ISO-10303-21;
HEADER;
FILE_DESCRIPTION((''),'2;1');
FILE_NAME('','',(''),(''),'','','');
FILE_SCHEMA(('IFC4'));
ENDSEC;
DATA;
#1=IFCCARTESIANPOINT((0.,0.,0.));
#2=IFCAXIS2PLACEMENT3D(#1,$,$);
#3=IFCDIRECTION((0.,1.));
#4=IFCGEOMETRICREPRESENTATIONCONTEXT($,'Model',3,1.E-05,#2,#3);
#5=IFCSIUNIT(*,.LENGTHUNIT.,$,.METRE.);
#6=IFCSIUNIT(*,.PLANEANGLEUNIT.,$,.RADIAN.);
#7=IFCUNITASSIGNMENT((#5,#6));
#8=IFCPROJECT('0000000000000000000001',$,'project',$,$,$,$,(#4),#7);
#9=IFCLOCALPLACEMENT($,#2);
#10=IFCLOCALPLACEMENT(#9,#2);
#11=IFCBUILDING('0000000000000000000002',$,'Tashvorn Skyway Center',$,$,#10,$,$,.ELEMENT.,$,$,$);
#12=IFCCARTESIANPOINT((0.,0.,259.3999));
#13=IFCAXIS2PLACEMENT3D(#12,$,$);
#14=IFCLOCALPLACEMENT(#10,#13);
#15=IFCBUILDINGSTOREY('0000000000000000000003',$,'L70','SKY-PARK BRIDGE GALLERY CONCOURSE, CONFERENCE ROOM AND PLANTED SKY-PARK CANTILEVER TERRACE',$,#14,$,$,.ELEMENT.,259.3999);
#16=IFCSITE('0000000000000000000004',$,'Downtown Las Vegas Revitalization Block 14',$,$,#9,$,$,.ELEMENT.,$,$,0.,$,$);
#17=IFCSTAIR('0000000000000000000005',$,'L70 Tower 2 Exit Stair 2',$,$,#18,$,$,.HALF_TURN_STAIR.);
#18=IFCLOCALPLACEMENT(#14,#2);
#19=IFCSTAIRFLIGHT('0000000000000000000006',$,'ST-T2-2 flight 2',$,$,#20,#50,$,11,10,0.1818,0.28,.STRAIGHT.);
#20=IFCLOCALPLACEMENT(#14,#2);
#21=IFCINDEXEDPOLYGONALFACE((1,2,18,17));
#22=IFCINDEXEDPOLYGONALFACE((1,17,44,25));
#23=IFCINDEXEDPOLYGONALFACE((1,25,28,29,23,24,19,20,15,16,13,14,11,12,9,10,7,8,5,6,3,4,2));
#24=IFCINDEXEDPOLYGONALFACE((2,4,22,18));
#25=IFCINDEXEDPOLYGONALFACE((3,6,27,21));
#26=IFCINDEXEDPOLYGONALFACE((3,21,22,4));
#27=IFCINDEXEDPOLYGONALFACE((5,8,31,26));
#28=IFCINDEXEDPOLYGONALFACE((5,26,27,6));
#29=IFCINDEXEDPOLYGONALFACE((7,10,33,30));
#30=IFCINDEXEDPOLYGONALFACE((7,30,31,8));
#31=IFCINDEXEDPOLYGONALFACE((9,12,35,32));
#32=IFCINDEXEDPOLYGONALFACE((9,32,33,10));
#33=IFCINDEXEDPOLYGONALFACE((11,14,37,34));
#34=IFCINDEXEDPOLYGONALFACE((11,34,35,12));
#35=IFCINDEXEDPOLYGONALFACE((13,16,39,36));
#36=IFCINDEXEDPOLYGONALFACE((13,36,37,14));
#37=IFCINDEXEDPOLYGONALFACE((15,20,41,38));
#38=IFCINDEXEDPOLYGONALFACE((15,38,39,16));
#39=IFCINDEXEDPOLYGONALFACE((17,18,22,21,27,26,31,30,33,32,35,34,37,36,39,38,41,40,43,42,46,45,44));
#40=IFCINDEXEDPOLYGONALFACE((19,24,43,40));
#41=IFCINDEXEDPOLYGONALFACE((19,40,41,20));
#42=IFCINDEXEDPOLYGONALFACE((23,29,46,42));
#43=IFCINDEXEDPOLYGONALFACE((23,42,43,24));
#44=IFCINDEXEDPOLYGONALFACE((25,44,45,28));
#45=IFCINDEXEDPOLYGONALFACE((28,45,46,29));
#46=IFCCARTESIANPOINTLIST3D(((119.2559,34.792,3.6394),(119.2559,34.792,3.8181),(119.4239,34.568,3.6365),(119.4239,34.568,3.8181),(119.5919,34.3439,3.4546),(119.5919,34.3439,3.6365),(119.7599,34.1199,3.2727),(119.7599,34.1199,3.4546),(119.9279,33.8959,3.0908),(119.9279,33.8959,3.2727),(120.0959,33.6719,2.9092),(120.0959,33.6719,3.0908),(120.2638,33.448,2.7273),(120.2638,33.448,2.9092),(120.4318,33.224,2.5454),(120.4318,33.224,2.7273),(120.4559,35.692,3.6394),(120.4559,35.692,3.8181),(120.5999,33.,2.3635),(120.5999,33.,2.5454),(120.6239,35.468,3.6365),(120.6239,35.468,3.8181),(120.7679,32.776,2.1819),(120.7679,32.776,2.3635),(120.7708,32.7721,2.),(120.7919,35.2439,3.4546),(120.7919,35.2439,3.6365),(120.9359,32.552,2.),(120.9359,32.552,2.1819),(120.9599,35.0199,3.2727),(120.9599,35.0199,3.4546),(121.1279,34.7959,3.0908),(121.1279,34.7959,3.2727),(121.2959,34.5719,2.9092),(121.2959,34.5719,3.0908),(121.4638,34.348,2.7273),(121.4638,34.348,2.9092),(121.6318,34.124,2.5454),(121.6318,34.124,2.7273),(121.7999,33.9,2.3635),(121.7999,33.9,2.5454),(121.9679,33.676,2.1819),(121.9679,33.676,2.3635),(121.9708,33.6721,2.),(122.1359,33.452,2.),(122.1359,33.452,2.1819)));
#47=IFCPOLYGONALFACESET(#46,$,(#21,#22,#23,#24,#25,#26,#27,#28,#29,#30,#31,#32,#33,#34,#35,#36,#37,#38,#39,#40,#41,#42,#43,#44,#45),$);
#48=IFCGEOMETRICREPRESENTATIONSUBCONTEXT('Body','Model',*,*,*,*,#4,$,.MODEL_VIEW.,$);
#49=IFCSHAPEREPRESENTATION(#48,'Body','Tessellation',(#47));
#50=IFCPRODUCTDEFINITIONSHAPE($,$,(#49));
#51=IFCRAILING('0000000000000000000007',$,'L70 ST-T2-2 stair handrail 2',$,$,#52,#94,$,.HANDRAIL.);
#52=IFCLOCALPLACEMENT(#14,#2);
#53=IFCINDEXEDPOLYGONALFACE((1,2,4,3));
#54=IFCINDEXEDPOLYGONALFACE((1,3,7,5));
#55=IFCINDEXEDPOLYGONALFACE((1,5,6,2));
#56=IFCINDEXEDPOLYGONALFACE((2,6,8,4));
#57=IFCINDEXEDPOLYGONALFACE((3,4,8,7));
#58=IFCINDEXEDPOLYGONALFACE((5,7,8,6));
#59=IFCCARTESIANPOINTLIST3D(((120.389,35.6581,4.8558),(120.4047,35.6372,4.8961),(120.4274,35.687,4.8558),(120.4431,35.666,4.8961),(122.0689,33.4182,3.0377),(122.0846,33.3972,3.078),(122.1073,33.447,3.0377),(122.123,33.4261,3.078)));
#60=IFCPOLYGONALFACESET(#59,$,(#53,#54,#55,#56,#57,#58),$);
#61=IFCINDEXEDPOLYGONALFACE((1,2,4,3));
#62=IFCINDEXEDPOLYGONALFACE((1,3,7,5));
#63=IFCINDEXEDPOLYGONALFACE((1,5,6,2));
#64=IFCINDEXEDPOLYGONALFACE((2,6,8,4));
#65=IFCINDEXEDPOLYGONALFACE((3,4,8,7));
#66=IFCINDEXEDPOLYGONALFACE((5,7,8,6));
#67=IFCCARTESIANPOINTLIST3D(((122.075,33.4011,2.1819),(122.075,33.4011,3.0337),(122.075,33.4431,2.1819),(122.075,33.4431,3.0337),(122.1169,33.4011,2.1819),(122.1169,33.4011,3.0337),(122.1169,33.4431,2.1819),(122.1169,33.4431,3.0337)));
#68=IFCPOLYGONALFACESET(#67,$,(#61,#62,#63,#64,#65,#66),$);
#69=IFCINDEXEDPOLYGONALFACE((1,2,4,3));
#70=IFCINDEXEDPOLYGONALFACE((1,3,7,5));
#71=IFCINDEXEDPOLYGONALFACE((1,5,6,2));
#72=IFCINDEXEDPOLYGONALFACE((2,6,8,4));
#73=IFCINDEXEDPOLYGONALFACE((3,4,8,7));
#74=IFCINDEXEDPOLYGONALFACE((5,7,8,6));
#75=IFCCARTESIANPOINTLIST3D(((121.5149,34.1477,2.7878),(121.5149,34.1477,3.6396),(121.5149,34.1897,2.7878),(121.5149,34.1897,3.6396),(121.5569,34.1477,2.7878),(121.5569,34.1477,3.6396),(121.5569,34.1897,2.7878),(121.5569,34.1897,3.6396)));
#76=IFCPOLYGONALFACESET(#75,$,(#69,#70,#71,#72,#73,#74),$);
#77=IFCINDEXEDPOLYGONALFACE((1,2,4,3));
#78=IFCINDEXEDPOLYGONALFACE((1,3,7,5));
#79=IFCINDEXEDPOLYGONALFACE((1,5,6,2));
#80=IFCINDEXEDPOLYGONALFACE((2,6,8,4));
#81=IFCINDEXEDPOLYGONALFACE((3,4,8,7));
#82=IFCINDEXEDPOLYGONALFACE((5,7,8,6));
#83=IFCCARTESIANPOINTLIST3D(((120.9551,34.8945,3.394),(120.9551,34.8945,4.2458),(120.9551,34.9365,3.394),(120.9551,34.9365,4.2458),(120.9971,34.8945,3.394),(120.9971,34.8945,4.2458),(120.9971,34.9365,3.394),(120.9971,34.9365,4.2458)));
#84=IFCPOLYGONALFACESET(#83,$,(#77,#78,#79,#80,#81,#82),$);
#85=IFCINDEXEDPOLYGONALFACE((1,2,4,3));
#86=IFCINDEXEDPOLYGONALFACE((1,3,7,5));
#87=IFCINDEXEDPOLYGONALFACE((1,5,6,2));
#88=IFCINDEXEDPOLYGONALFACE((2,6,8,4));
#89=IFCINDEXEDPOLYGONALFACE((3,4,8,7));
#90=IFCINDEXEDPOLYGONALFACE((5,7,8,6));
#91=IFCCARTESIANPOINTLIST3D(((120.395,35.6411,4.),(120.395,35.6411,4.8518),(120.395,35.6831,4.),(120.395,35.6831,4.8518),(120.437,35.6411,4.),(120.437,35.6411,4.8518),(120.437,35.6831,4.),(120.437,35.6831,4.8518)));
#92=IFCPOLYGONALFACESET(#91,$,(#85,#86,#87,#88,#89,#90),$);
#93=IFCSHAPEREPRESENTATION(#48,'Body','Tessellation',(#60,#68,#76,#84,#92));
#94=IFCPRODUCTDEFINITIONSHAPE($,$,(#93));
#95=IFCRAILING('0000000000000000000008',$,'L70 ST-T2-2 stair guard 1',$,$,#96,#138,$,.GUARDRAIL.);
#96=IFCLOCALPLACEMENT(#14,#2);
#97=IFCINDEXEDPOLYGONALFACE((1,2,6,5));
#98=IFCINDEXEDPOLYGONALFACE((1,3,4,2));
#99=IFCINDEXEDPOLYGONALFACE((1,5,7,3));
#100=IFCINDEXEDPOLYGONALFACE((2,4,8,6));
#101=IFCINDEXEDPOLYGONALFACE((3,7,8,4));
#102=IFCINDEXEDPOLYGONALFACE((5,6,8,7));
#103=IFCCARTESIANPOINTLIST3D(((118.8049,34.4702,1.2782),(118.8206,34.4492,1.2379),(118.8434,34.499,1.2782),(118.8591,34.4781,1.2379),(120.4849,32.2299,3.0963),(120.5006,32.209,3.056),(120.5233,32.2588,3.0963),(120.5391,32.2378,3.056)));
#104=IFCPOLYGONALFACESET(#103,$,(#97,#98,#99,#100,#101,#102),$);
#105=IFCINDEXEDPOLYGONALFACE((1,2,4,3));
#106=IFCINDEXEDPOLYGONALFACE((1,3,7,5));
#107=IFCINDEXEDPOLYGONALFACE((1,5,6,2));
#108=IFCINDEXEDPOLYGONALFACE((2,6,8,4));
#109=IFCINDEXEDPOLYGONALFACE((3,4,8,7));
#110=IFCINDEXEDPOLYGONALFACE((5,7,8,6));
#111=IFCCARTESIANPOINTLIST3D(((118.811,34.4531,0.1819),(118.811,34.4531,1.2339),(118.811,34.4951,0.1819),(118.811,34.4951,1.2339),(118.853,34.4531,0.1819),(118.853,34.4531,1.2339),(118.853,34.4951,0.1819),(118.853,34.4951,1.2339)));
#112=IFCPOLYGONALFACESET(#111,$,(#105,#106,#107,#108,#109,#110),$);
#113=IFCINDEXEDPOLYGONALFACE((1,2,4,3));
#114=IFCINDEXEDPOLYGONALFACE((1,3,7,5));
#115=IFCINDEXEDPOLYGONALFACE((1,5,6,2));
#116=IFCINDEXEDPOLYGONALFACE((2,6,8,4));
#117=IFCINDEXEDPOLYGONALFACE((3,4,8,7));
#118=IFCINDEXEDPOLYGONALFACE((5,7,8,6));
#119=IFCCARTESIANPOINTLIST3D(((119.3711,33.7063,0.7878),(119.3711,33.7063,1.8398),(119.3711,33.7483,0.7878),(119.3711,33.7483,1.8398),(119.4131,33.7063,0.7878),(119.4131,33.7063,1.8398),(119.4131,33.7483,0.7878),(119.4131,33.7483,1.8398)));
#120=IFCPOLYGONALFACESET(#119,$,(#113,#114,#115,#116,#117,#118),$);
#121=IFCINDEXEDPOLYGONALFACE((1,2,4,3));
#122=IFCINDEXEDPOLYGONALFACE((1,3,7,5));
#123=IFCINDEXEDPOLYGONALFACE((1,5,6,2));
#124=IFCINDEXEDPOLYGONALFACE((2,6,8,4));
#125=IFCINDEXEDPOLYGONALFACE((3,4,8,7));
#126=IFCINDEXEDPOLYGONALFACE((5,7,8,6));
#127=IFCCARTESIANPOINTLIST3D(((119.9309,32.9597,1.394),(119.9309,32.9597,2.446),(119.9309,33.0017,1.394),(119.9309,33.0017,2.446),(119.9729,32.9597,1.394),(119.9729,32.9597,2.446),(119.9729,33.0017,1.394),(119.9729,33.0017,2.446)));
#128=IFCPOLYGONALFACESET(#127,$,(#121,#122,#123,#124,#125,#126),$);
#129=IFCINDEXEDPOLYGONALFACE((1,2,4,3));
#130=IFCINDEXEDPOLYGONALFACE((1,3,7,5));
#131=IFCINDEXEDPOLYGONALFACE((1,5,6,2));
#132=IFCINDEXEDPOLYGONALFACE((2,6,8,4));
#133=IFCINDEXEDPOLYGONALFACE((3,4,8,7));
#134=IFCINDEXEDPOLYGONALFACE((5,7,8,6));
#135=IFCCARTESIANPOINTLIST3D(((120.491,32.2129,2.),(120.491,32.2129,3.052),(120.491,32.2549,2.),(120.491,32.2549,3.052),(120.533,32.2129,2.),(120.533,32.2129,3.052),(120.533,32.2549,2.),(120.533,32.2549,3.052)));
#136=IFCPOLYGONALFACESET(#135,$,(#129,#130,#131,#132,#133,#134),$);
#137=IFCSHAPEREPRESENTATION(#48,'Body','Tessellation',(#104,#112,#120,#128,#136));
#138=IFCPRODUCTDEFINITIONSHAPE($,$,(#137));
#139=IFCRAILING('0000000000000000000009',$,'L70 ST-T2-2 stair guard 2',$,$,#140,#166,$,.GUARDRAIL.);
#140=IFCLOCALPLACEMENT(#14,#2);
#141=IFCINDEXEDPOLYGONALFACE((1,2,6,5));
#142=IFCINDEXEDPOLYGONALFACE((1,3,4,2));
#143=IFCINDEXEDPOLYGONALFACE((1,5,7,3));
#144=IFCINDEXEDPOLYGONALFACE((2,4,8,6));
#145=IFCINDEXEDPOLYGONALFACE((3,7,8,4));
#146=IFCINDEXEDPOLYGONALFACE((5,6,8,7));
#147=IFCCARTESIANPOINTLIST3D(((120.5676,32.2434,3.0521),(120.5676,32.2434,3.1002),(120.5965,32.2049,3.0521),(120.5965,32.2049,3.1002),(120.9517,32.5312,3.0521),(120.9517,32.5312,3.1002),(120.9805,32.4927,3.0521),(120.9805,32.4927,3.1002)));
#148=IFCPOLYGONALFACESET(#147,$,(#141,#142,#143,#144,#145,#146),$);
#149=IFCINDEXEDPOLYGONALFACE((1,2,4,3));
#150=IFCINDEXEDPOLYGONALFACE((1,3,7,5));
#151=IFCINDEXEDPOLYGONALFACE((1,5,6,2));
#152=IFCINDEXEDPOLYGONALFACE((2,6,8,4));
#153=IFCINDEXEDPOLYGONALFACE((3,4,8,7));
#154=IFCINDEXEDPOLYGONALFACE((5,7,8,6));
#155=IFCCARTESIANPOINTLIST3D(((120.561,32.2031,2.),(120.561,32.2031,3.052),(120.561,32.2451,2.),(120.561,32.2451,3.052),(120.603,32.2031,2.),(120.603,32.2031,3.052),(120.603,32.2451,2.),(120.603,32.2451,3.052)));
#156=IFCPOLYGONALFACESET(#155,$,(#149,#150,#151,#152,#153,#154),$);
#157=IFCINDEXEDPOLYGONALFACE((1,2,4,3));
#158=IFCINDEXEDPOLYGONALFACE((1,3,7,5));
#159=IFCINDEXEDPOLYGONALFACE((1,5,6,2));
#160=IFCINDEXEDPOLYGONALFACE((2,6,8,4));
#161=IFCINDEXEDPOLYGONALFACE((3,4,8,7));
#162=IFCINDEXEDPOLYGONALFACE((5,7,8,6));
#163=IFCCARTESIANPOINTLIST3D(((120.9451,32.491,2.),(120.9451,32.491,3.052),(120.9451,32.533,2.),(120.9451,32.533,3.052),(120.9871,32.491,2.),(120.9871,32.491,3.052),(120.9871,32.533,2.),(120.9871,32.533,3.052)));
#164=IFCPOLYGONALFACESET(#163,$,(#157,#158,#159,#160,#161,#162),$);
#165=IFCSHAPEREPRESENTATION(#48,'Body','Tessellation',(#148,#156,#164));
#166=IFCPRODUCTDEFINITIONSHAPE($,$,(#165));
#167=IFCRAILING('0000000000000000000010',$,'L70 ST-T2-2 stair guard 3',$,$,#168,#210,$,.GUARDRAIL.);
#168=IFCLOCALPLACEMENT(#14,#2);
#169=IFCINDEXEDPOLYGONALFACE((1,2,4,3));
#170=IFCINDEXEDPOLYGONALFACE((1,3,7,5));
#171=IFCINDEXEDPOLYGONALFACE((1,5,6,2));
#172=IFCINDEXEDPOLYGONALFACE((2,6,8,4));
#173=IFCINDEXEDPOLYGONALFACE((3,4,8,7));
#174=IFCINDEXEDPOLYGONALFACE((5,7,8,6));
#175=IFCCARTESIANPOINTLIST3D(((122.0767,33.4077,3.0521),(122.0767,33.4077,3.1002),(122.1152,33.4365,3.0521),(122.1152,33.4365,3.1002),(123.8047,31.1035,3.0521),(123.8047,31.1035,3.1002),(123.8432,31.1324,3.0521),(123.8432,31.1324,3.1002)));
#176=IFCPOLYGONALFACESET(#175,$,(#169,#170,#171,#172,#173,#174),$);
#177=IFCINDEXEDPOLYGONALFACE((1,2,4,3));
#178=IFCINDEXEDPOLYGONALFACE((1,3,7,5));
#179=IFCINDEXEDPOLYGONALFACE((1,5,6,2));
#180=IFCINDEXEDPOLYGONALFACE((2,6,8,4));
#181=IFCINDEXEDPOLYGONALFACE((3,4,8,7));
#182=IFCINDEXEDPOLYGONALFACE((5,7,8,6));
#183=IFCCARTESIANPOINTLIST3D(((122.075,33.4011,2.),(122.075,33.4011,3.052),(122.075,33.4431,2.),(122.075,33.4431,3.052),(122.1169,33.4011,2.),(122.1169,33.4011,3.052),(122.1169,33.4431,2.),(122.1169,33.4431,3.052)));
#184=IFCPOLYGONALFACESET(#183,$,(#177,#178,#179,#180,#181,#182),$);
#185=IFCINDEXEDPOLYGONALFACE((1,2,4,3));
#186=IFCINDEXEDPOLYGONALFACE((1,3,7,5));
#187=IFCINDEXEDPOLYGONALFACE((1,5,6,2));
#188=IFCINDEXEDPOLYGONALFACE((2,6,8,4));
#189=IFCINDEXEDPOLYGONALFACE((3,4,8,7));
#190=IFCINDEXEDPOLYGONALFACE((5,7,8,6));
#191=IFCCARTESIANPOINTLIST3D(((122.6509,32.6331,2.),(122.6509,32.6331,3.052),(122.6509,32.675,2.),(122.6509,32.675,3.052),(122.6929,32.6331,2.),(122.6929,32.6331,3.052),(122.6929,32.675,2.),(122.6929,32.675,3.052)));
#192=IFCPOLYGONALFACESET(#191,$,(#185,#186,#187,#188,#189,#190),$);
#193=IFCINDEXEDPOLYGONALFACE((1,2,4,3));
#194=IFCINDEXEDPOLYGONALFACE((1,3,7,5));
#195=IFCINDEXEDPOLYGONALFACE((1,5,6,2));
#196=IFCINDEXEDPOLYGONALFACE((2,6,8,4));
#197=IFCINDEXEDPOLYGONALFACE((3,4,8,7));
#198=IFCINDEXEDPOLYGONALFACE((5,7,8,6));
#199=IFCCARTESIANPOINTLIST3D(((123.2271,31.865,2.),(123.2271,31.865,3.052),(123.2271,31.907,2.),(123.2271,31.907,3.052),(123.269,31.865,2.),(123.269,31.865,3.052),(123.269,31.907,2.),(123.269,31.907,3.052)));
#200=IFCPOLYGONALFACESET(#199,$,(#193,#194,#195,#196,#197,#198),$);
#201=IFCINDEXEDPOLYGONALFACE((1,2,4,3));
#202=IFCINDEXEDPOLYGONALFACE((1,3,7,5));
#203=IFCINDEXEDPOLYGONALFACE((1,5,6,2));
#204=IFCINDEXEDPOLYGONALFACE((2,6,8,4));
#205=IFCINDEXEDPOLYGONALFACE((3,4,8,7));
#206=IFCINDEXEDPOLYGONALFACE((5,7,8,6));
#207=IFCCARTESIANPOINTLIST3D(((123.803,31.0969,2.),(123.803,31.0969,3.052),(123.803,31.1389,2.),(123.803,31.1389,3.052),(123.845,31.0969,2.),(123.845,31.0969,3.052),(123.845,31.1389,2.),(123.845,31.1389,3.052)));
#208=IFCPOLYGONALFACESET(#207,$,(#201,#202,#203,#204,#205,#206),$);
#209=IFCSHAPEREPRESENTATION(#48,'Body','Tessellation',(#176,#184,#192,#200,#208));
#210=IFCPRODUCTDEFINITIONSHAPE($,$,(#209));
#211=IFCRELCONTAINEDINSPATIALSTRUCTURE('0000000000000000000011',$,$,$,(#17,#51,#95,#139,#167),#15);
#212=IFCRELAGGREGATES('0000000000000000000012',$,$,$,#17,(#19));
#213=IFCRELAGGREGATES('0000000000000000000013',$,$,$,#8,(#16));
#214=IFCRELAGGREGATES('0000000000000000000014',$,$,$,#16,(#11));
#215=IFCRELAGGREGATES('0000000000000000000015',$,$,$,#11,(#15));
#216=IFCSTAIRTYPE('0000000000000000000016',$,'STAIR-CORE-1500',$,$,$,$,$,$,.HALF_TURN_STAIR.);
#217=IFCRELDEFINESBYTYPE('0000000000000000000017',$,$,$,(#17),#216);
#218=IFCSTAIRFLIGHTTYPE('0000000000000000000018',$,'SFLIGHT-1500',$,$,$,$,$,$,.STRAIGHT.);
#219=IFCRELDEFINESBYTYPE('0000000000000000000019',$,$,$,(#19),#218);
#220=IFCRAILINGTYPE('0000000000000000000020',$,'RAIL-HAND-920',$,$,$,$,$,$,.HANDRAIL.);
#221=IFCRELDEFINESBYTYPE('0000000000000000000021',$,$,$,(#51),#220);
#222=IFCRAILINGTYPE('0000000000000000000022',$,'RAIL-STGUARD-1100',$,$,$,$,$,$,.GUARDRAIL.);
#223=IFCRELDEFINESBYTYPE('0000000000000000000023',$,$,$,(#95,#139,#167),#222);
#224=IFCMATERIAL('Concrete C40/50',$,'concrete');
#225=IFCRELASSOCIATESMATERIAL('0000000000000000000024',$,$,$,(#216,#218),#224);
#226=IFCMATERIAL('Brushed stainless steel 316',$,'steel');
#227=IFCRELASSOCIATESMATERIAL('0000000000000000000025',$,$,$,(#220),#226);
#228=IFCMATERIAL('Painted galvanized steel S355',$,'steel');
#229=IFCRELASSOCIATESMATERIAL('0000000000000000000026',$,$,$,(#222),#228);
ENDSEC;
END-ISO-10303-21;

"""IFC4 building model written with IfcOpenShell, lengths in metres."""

from ifc_helpers import new_model, si_unit, direction, frame, origin, origin_2d, place, context, subcontext, project, spatial, polyline, rectangle, outline, extrude, material, type_object, element, aggregate, save


model = new_model("IFC4")

# Units and contexts
model_context = context("Model", 3, precision=1e-05, world=origin(), true_north=direction((0.0, 1.0)))
body_context = subcontext(model_context, "Body", "Model", "MODEL_VIEW")
ifc_project = project(units=[si_unit("LENGTHUNIT", "METRE"), si_unit("PLANEANGLEUNIT", "RADIAN")], contexts=[model_context])

# Site, building, storey
site_placement = place(None, origin())
site = spatial("IfcSite", under=ifc_project, at=site_placement, Name="Downtown Las Vegas Revitalization Block 14", CompositionType="ELEMENT", RefElevation=0.0)
building_placement = place(site_placement, origin())
building = spatial("IfcBuilding", under=site, at=building_placement, Name="Tashvorn Skyway Center", CompositionType="ELEMENT")
storey_placement = place(building_placement, frame((0.0, 0.0, 259.3999)))
storey = spatial("IfcBuildingStorey", under=building, at=storey_placement, Name="L70", Description="SKY-PARK BRIDGE GALLERY CONCOURSE, CONFERENCE ROOM AND PLANTED SKY-PARK CANTILEVER TERRACE", CompositionType="ELEMENT", Elevation=259.3999)

# Shared definitions
ifc_material_1 = material(Name="Concrete C40/50", Category="concrete")

# Stair, stair flight
stair_type = type_object("IfcStairType", Name="STAIR-CORE-1500", PredefinedType="HALF_TURN_STAIR", material=ifc_material_1)
stair_placement = place(storey_placement, origin())
stair = element("IfcStair", 1, at=stair_placement, inside=storey, type_object=stair_type, Name="L70 Tower 2 Exit Stair 2", PredefinedType="HALF_TURN_STAIR")
stair_flight_type = type_object("IfcStairFlightType", Name="SFLIGHT-1500", PredefinedType="STRAIGHT", material=ifc_material_1)
stair_flight_1_placement = place(storey_placement, frame((121.5359, 33.002, 2.0), z_axis=(0.0, 0.0, 1.0), x_axis=(-0.6, 0.8, 0.0)))
stair_flight_1 = element("IfcStairFlight", 2, at=stair_flight_1_placement, type_object=stair_flight_type, Name="ST-T2-2 flight 2", NumberOfRisers=11, NumberOfTreads=10, PredefinedType="STRAIGHT", RiserHeight=0.1818, TreadLength=0.28, context=body_context, shape_type="SweptSolid", body=[
    extrude(outline(polyline([(0.0, 0.0), (0.0, 0.1819), (0.28, 0.1819), (0.28, 0.3635), (0.5601, 0.3635), (0.5601, 0.5454), (0.8401, 0.5454), (0.8401, 0.7273), (1.1201, 0.7273), (1.1201, 0.9092), (1.3999, 0.9092), (1.3999, 1.0908), (1.6799, 1.0908), (1.6799, 1.2727), (1.96, 1.2727), (1.96, 1.4546), (2.24, 1.4546), (2.24, 1.6365), (2.52, 1.6365), (2.52, 1.8181), (2.8, 1.8181), (2.8, 2.0), (2.8, 1.6394), (0.2751, 0.0), (0.0, 0.0)])), frame((0.0, 0.75, 0.0), z_axis=(0.0, -1.0, 0.0), x_axis=(1.0, 0.0, 0.0)), (0.0, 0.0, 1.0), 1.5),
])
aggregate(stair, [stair_flight_1])

# Railings
ifc_material_2 = material(Name="Brushed stainless steel 316", Category="steel")
railing_type_1 = type_object("IfcRailingType", Name="RAIL-HAND-920", PredefinedType="HANDRAIL", material=ifc_material_2)
railing_1_placement = place(storey_placement, frame((122.0959, 33.4221, 2.1819)))
element("IfcRailing", 3, at=railing_1_placement, inside=storey, type_object=railing_type_1, Name="L70 ST-T2-2 stair handrail 2", PredefinedType="HANDRAIL", context=body_context, shape_type="SweptSolid", body=[
    extrude(rectangle(XDim=0.0481, YDim=0.0481, at=origin_2d()), frame((0.0, 0.0, 0.876), z_axis=(-0.503207, 0.670966, 0.544598), x_axis=(-0.80001, -0.599986, 0.0)), (0.0, 0.0, 1.0), 3.3384),
    extrude(rectangle(XDim=0.042, YDim=0.042, at=origin_2d()), origin(), (0.0, 0.0, 1.0), 0.8518),
    extrude(rectangle(XDim=0.042, YDim=0.042, at=origin_2d()), frame((-0.5601, 0.7466, 0.606)), (0.0, 0.0, 1.0), 0.8518),
    extrude(rectangle(XDim=0.042, YDim=0.042, at=origin_2d()), frame((-1.1199, 1.4934, 1.2122)), (0.0, 0.0, 1.0), 0.8518),
    extrude(rectangle(XDim=0.042, YDim=0.042, at=origin_2d()), frame((-1.6799, 2.24, 1.8181)), (0.0, 0.0, 1.0), 0.8518),
])
ifc_material_3 = material(Name="Painted galvanized steel S355", Category="steel")
railing_type_2 = type_object("IfcRailingType", Name="RAIL-STGUARD-1100", PredefinedType="GUARDRAIL", material=ifc_material_3)
railing_2_placement = place(storey_placement, frame((118.832, 34.4741, 0.1819)))
element("IfcRailing", 4, at=railing_2_placement, inside=storey, type_object=railing_type_2, Name="L70 ST-T2-2 stair guard 1", PredefinedType="GUARDRAIL", context=body_context, shape_type="SweptSolid", body=[
    extrude(rectangle(XDim=0.0481, YDim=0.0481, at=origin_2d()), frame((0.0, 0.0, 1.0762), z_axis=(0.503182, -0.671007, 0.544571), x_axis=(0.800042, 0.599944, 0.0)), (0.0, 0.0, 1.0), 3.3386),
    extrude(rectangle(XDim=0.042, YDim=0.042, at=origin_2d()), origin(), (0.0, 0.0, 1.0), 1.052),
    extrude(rectangle(XDim=0.042, YDim=0.042, at=origin_2d()), frame((0.5601, -0.7468, 0.606)), (0.0, 0.0, 1.0), 1.052),
    extrude(rectangle(XDim=0.042, YDim=0.042, at=origin_2d()), frame((1.1199, -1.4934, 1.2122)), (0.0, 0.0, 1.0), 1.052),
    extrude(rectangle(XDim=0.042, YDim=0.042, at=origin_2d()), frame((1.6799, -2.2402, 1.8181)), (0.0, 0.0, 1.0), 1.052),
])
railing_3_placement = place(storey_placement, frame((120.582, 32.2241, 2.0)))
element("IfcRailing", 5, at=railing_3_placement, inside=storey, type_object=railing_type_2, Name="L70 ST-T2-2 stair guard 2", PredefinedType="GUARDRAIL", context=body_context, shape_type="SweptSolid", body=[
    extrude(rectangle(XDim=0.0481, YDim=0.0481, at=origin_2d()), frame((0.0, 0.0, 1.0762), z_axis=(0.800183, 0.599756, 0.0), x_axis=(-0.599756, 0.800183, 0.0)), (0.0, 0.0, 1.0), 0.48),
    extrude(rectangle(XDim=0.042, YDim=0.042, at=origin_2d()), origin(), (0.0, 0.0, 1.0), 1.052),
    extrude(rectangle(XDim=0.042, YDim=0.042, at=origin_2d()), frame((0.384, 0.2878, 0.0)), (0.0, 0.0, 1.0), 1.052),
])
railing_4_placement = place(storey_placement, frame((122.0959, 33.4221, 2.0)))
element("IfcRailing", 6, at=railing_4_placement, inside=storey, type_object=railing_type_2, Name="L70 ST-T2-2 stair guard 3", PredefinedType="GUARDRAIL", context=body_context, shape_type="SweptSolid", body=[
    extrude(rectangle(XDim=0.0481, YDim=0.0481, at=origin_2d()), frame((0.0, 0.0, 1.0762), z_axis=(0.599973, -0.80002, 0.0), x_axis=(0.80002, 0.599973, 0.0)), (0.0, 0.0, 1.0), 2.8801),
    extrude(rectangle(XDim=0.042, YDim=0.042, at=origin_2d()), origin(), (0.0, 0.0, 1.0), 1.052),
    extrude(rectangle(XDim=0.042, YDim=0.042, at=origin_2d()), frame((0.5759, -0.7681, 0.0)), (0.0, 0.0, 1.0), 1.052),
    extrude(rectangle(XDim=0.042, YDim=0.042, at=origin_2d()), frame((1.1521, -1.5361, 0.0)), (0.0, 0.0, 1.0), 1.052),
    extrude(rectangle(XDim=0.042, YDim=0.042, at=origin_2d()), frame((1.728, -2.3042, 0.0)), (0.0, 0.0, 1.0), 1.052),
])

save(model, "model.ifc")
